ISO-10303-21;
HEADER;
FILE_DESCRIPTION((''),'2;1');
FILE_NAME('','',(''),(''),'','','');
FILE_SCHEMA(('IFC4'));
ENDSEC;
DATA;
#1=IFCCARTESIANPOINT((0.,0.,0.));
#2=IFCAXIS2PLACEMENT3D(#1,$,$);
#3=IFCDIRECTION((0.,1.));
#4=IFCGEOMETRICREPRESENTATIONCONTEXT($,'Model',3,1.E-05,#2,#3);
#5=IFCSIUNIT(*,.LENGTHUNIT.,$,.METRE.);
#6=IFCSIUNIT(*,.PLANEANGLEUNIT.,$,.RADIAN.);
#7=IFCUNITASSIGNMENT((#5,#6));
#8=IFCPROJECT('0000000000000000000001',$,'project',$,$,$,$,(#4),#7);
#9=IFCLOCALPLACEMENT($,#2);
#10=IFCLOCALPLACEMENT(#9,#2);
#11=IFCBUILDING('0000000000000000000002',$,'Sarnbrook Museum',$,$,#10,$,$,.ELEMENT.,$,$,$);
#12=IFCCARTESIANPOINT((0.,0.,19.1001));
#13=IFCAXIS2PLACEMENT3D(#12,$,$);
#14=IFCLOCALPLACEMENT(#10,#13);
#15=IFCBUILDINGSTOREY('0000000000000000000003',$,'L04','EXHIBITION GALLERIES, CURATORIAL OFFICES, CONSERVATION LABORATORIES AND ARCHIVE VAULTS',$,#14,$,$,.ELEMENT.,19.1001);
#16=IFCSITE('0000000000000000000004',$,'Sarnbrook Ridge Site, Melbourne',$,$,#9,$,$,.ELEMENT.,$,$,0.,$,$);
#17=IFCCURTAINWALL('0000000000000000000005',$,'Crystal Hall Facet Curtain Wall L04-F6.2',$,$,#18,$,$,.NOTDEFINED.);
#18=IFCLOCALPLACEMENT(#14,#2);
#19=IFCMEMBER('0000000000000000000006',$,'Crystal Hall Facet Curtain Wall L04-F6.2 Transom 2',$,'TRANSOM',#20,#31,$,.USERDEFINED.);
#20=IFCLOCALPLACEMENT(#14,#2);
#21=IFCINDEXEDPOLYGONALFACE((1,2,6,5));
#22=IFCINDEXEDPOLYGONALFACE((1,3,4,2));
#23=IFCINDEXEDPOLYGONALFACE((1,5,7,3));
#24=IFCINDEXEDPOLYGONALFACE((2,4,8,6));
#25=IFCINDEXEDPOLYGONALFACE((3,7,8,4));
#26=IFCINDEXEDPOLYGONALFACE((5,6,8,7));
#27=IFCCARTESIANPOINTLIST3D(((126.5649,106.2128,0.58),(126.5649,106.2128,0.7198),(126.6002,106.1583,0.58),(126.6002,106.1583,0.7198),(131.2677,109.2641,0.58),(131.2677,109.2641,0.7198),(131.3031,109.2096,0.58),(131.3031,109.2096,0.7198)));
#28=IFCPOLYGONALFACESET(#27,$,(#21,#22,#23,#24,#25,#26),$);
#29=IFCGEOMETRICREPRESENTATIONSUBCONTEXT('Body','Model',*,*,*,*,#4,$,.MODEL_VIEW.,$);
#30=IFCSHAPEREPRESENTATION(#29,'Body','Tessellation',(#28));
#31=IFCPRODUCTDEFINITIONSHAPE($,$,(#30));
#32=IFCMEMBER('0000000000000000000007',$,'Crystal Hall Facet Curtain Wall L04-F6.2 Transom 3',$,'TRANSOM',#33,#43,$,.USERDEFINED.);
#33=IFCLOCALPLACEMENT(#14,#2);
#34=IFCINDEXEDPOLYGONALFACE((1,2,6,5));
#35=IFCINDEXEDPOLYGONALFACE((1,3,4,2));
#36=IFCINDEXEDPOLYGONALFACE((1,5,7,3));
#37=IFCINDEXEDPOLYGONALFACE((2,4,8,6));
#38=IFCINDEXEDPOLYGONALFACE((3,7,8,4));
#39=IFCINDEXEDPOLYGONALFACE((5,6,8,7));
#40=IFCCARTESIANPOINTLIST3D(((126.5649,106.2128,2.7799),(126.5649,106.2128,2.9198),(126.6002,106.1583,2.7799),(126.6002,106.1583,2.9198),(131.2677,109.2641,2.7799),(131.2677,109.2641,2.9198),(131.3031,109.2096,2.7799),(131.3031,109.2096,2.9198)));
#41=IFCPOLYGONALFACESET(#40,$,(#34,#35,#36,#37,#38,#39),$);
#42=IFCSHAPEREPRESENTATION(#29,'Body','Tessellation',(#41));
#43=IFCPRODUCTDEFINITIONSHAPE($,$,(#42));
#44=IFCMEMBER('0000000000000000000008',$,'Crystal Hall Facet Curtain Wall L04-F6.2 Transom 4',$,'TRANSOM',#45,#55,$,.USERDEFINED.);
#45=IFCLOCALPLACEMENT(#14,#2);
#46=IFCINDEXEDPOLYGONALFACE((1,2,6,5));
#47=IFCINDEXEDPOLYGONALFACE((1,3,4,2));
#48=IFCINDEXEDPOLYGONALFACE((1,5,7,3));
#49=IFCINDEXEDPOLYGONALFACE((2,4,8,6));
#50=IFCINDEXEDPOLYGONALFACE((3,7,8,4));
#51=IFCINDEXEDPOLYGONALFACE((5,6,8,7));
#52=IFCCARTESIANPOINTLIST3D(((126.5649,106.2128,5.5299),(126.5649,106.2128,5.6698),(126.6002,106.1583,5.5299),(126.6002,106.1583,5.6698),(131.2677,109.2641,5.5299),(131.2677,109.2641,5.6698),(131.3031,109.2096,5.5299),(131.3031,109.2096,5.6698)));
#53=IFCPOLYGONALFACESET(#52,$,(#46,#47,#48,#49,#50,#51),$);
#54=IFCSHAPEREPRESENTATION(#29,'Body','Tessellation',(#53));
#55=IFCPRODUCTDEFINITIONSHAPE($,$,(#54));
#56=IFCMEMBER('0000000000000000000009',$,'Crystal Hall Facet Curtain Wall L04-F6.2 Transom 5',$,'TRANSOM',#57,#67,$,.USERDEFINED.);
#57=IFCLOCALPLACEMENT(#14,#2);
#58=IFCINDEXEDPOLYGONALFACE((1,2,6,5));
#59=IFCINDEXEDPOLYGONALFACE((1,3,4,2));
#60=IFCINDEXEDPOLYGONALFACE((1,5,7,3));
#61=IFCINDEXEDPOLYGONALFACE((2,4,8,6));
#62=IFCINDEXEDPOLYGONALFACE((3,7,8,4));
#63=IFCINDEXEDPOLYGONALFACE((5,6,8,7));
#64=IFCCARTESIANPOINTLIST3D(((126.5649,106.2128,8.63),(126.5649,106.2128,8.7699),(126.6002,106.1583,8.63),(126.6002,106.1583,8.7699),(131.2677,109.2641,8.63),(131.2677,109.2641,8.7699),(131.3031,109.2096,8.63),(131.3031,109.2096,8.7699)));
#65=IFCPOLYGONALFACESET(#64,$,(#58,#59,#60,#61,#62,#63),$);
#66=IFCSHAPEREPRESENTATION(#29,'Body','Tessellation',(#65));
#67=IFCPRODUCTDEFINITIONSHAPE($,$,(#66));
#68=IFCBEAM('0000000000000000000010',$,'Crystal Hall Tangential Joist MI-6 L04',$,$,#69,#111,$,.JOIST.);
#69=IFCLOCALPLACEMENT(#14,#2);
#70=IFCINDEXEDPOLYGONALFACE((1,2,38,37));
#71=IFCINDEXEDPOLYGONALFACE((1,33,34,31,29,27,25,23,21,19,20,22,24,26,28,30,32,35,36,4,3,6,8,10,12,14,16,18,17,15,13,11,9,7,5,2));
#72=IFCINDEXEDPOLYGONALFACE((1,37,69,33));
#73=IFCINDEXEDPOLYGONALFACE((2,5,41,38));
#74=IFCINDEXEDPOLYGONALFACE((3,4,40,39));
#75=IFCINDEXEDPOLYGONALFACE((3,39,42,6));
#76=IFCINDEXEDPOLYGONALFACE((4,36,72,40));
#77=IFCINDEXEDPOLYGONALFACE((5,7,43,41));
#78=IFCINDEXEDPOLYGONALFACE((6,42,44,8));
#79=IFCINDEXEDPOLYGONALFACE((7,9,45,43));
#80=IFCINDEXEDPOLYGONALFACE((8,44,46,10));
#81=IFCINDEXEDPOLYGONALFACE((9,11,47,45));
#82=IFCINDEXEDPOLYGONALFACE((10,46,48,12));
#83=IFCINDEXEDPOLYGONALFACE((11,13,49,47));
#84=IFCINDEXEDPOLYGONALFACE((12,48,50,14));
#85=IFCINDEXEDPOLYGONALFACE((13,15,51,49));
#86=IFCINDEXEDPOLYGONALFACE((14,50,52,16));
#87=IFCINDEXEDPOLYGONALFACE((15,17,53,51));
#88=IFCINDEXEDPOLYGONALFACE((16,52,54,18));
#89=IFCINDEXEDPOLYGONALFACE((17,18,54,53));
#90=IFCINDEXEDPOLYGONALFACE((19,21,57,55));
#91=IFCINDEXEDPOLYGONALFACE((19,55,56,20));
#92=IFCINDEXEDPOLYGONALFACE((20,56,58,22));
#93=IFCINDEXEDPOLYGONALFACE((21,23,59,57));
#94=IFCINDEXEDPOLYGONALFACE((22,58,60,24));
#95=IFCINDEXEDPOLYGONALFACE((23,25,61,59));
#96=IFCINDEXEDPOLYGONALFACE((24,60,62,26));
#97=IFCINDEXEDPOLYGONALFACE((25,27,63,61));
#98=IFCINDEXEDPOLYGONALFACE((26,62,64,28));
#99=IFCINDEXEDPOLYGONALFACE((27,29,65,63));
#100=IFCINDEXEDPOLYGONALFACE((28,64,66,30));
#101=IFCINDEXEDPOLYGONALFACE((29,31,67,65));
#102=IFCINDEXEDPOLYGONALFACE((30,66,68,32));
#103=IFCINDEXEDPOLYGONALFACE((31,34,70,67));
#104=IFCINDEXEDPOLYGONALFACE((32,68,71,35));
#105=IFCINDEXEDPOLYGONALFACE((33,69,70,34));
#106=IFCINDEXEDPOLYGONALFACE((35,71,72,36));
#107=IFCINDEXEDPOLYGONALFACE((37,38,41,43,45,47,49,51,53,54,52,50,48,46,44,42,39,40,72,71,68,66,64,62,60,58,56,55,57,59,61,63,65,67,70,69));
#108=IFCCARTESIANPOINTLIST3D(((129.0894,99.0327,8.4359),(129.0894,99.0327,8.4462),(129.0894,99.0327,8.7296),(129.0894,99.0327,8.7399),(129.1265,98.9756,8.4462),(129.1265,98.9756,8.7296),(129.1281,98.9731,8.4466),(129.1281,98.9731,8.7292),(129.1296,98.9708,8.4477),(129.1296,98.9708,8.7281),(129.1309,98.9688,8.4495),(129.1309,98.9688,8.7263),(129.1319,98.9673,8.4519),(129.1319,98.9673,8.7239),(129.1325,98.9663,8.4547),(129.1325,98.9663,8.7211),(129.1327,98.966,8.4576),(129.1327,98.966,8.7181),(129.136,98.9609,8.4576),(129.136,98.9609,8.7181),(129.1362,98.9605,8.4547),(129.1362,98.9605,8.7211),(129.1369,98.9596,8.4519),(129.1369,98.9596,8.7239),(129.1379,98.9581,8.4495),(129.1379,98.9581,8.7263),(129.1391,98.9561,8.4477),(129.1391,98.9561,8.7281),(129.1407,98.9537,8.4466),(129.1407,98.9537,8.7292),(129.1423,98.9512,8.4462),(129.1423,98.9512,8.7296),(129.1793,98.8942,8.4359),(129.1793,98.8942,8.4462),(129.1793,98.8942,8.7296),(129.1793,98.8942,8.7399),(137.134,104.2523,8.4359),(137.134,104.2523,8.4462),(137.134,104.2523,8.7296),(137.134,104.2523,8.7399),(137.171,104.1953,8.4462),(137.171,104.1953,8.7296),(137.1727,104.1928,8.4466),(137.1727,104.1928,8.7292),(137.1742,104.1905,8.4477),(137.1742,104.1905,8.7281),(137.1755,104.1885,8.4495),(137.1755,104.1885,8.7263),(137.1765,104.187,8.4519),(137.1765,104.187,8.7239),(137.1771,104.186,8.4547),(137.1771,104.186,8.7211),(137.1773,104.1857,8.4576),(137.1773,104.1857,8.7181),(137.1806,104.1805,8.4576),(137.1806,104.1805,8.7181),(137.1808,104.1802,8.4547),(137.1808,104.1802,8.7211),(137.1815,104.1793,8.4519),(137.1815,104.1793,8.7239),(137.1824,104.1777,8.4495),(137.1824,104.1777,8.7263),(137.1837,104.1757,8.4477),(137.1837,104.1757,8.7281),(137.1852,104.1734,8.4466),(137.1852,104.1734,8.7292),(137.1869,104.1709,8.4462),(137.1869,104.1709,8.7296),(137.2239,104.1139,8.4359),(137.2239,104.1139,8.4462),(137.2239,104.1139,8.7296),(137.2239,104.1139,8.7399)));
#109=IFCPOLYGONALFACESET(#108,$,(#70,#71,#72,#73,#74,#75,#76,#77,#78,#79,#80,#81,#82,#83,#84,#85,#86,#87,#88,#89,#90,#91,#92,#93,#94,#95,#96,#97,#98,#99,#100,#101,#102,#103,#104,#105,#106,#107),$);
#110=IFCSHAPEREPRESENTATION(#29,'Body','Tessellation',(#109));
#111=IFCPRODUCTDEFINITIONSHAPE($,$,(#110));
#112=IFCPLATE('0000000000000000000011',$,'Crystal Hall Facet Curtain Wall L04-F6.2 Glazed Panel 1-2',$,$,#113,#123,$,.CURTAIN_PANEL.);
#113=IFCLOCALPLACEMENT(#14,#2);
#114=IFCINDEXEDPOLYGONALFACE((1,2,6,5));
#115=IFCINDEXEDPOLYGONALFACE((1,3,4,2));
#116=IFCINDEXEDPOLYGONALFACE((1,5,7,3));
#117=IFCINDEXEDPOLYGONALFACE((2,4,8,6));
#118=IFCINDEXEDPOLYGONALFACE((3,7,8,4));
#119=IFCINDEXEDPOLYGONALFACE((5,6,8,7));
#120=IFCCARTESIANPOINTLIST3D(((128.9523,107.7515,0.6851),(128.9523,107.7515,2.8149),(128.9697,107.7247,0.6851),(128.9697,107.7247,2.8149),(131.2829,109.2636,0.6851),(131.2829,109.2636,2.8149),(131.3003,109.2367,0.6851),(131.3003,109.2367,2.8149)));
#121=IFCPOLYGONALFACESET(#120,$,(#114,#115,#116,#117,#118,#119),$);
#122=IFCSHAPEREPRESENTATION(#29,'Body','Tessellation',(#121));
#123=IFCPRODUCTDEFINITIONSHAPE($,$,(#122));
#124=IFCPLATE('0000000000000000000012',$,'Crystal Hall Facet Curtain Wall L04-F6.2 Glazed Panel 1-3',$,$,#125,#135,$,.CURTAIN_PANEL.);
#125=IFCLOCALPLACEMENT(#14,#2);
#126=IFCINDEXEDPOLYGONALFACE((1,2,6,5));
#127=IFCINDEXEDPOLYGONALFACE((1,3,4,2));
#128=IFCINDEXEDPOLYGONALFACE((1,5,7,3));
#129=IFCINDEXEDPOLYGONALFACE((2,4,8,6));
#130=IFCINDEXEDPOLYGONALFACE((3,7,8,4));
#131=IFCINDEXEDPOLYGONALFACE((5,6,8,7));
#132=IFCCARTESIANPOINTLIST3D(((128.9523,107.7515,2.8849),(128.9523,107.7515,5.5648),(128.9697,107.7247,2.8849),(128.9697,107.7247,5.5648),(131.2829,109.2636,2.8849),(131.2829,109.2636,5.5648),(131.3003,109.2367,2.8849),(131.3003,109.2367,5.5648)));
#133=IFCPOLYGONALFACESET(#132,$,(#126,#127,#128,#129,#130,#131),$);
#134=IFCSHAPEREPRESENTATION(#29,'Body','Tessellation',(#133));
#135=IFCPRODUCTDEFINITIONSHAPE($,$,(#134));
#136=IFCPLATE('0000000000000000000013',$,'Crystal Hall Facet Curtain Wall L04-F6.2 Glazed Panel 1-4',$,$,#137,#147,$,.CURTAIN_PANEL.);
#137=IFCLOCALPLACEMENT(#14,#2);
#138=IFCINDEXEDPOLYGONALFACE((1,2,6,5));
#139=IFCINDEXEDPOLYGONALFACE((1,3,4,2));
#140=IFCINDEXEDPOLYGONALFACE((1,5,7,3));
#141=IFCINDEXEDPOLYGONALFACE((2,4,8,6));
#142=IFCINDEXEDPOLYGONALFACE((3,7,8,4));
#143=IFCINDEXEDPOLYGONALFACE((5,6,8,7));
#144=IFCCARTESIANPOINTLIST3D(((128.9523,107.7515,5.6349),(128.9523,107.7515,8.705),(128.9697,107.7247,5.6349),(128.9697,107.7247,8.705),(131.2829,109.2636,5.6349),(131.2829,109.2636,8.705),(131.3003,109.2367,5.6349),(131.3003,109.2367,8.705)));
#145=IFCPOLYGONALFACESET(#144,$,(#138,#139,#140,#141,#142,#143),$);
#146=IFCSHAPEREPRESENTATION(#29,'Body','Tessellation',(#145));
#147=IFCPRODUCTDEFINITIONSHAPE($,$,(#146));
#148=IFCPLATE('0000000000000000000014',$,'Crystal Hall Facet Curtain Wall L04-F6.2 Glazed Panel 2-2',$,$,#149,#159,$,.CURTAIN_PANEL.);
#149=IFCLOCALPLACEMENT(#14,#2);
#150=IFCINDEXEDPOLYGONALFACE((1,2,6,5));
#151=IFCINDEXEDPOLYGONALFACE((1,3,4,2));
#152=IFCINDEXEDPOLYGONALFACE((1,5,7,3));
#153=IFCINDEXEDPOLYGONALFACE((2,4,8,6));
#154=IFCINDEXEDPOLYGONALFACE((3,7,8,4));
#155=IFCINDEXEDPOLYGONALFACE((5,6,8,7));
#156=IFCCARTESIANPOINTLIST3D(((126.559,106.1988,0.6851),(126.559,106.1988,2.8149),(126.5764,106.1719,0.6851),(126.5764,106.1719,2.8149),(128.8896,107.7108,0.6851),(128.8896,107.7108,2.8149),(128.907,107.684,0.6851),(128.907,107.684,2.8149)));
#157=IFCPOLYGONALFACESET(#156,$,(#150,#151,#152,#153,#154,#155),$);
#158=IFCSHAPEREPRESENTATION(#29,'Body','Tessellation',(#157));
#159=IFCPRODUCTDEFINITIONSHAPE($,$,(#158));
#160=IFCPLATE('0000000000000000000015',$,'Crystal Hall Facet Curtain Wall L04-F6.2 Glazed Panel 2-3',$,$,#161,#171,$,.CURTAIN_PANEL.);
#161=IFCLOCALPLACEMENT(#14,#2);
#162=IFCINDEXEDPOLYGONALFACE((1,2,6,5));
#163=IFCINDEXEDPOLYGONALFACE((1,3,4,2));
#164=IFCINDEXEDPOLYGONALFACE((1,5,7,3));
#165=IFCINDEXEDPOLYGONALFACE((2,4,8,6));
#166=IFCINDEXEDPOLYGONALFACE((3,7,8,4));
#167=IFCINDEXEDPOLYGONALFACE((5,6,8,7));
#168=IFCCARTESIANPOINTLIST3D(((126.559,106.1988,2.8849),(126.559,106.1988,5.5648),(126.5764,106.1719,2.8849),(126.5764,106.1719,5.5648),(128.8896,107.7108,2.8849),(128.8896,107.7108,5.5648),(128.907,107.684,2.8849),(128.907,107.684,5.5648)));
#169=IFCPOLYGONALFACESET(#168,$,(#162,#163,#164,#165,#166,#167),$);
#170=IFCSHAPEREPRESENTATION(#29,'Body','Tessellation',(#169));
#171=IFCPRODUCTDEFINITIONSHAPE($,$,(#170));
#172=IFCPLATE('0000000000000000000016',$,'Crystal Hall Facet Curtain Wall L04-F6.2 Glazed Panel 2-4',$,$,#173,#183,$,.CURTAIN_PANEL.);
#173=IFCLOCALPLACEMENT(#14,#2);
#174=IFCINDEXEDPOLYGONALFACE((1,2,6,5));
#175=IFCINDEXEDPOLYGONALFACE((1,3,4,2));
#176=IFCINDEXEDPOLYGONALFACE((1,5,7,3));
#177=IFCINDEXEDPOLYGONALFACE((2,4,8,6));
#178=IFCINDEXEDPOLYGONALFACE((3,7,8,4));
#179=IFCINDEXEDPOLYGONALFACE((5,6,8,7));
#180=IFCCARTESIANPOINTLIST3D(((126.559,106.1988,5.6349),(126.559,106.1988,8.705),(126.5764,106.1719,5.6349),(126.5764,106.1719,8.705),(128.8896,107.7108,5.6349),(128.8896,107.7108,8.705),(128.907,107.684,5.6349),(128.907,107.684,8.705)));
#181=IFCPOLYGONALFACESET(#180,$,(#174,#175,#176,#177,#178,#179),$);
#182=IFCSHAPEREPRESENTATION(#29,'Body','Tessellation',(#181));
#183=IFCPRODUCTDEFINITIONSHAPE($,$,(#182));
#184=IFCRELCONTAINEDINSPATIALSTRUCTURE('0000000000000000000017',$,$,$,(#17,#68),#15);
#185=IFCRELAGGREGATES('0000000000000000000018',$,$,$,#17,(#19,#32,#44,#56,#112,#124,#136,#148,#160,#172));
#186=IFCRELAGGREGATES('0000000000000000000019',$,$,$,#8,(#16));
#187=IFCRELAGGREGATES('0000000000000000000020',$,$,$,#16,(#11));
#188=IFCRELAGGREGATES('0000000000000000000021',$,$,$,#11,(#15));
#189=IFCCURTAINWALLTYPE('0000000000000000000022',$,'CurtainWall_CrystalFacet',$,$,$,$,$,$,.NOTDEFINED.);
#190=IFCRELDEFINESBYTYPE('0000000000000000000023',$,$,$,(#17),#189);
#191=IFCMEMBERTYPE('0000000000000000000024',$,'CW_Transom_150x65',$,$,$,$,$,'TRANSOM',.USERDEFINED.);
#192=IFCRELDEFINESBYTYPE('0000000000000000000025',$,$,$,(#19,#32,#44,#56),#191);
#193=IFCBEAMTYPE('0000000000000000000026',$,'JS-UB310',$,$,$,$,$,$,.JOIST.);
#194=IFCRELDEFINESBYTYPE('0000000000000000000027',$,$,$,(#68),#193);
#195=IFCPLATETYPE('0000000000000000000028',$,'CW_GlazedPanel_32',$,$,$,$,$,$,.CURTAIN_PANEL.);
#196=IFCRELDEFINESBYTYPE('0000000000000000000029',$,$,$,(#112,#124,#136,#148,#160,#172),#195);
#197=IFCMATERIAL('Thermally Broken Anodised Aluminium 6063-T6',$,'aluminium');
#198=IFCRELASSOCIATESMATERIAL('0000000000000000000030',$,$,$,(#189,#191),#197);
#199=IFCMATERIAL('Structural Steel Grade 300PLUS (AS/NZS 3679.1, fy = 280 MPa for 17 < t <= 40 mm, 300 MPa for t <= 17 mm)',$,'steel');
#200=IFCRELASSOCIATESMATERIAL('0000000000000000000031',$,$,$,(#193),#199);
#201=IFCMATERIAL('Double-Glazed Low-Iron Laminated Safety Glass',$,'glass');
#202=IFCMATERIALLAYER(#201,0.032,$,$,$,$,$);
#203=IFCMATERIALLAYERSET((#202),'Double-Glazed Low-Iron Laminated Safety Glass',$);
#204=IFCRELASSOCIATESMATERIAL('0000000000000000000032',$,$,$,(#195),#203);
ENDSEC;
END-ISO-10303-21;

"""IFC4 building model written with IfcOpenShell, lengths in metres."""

from ifc_helpers import new_model, si_unit, direction, frame, origin, origin_2d, place, context, subcontext, project, spatial, rectangle, i_section, extrude, material, layer, layer_set, material_profile, profile_set, type_object, element, aggregate, save


model = new_model("IFC4")

# Units and contexts
model_context = context("Model", 3, precision=1e-05, world=origin(), true_north=direction((0.0, 1.0)))
body_context = subcontext(model_context, "Body", "Model", "MODEL_VIEW")
ifc_project = project(units=[si_unit("LENGTHUNIT", "METRE"), si_unit("PLANEANGLEUNIT", "RADIAN")], contexts=[model_context])

# Site, building, storey
site_placement = place(None, origin())
site = spatial("IfcSite", under=ifc_project, at=site_placement, Name="Sarnbrook Ridge Site, Melbourne", CompositionType="ELEMENT", RefElevation=0.0)
building_placement = place(site_placement, origin())
building = spatial("IfcBuilding", under=site, at=building_placement, Name="Sarnbrook Museum", CompositionType="ELEMENT")
storey_placement = place(building_placement, frame((0.0, 0.0, 19.1001)))
storey = spatial("IfcBuildingStorey", under=building, at=storey_placement, Name="L04", Description="EXHIBITION GALLERIES, CURATORIAL OFFICES, CONSERVATION LABORATORIES AND ARCHIVE VAULTS", CompositionType="ELEMENT", Elevation=19.1001)

# Shared definitions
ifc_material_1 = material(Name="Structural Steel Grade 300PLUS (AS/NZS 3679.1, fy = 280 MPa for 17 < t <= 40 mm, 300 MPa for t <= 17 mm)", Category="steel")

# Shared definitions
ifc_material_2 = material(Name="Thermally Broken Anodised Aluminium 6063-T6", Category="aluminium")
curtain_wall_type = type_object("IfcCurtainWallType", Name="CurtainWall_CrystalFacet", PredefinedType="NOTDEFINED", material=ifc_material_2)

# Curtain wall, members
curtain_wall_1_placement = place(storey_placement, origin())
curtain_wall_1 = element("IfcCurtainWall", 1, at=curtain_wall_1_placement, inside=storey, type_object=curtain_wall_type, Name="Crystal Hall Facet Curtain Wall L04-F6.2", PredefinedType="NOTDEFINED")
ifc_material_profile_1 = material_profile(ifc_material_2, rectangle(XDim=0.0649, YDim=0.1399, at=origin_2d()), Name="ALU TRANSOM 65x140")
ifc_profile_set_1 = profile_set([ifc_material_profile_1], Name="Thermally Broken Anodised Aluminium 6063-T6")
member_type_1 = type_object("IfcMemberType", Name="CW_Transom_150x65", ElementType="TRANSOM", PredefinedType="USERDEFINED", material=ifc_profile_set_1)
member_1_placement = place(storey_placement, frame((131.2854, 109.2368, 0.6499), z_axis=(-0.8389, -0.544286, 0.0), x_axis=(0.544286, -0.8389, 0.0)))
member_1 = element("IfcMember", 2, at=member_1_placement, type_object=member_type_1, Name="Crystal Hall Facet Curtain Wall L04-F6.2 Transom 2", ObjectType="TRANSOM", PredefinedType="USERDEFINED", context=body_context, shape_type="SweptSolid", body=[
    extrude(rectangle(XDim=0.0649, YDim=0.1399, at=origin_2d()), origin(), (0.0, 0.0, 1.0), 5.606),
])
member_2_placement = place(storey_placement, frame((131.2854, 109.2368, 2.8499), z_axis=(-0.8389, -0.544286, 0.0), x_axis=(0.544286, -0.8389, 0.0)))
member_2 = element("IfcMember", 3, at=member_2_placement, type_object=member_type_1, Name="Crystal Hall Facet Curtain Wall L04-F6.2 Transom 3", ObjectType="TRANSOM", PredefinedType="USERDEFINED", context=body_context, shape_type="SweptSolid", body=[
    extrude(rectangle(XDim=0.0649, YDim=0.1399, at=origin_2d()), origin(), (0.0, 0.0, 1.0), 5.606),
])
member_3_placement = place(storey_placement, frame((131.2854, 109.2368, 5.5999), z_axis=(-0.8389, -0.544286, 0.0), x_axis=(0.544286, -0.8389, 0.0)))
member_3 = element("IfcMember", 4, at=member_3_placement, type_object=member_type_1, Name="Crystal Hall Facet Curtain Wall L04-F6.2 Transom 4", ObjectType="TRANSOM", PredefinedType="USERDEFINED", context=body_context, shape_type="SweptSolid", body=[
    extrude(rectangle(XDim=0.0649, YDim=0.1399, at=origin_2d()), origin(), (0.0, 0.0, 1.0), 5.606),
])
member_4_placement = place(storey_placement, frame((131.2854, 109.2368, 8.7), z_axis=(-0.8389, -0.544286, 0.0), x_axis=(0.544286, -0.8389, 0.0)))
member_4 = element("IfcMember", 5, at=member_4_placement, type_object=member_type_1, Name="Crystal Hall Facet Curtain Wall L04-F6.2 Transom 5", ObjectType="TRANSOM", PredefinedType="USERDEFINED", context=body_context, shape_type="SweptSolid", body=[
    extrude(rectangle(XDim=0.0649, YDim=0.1399, at=origin_2d()), origin(), (0.0, 0.0, 1.0), 5.606),
])

# Beam
ifc_material_profile_2 = material_profile(ifc_material_1, i_section(OverallWidth=0.165, OverallDepth=0.304, WebThickness=0.0061, FlangeThickness=0.0103, FilletRadius=0.0115, at=origin_2d()), Name="310UB40.4")
ifc_profile_set_2 = profile_set([ifc_material_profile_2], Name="Structural Steel Grade 300PLUS (AS/NZS 3679.1, fy = 280 MPa for 17 < t <= 40 mm, 300 MPa for t <= 17 mm)")
beam_type_1 = type_object("IfcBeamType", Name="JS-UB310", PredefinedType="JOIST", material=ifc_profile_set_2)
beam_1_placement = place(storey_placement, frame((137.179, 104.1831, 8.5879), z_axis=(-0.838887, -0.544305, 0.0), x_axis=(0.544305, -0.838887, 0.0)))
element("IfcBeam", 6, at=beam_1_placement, inside=storey, type_object=beam_type_1, Name="Crystal Hall Tangential Joist MI-6 L04", PredefinedType="JOIST", context=body_context, shape_type="SweptSolid", body=[
    extrude(i_section(OverallWidth=0.165, OverallDepth=0.304, WebThickness=0.0061, FlangeThickness=0.0103, FilletRadius=0.0115, at=origin_2d()), origin(), (0.0, 0.0, 1.0), 9.5896),
])

# Plates
ifc_material_3 = material(Name="Double-Glazed Low-Iron Laminated Safety Glass", Category="glass")
ifc_layer_1 = layer(ifc_material_3, 0.032)
ifc_layer_set_1 = layer_set([ifc_layer_1], Name="Double-Glazed Low-Iron Laminated Safety Glass")
plate_type_1 = type_object("IfcPlateType", Name="CW_GlazedPanel_32", PredefinedType="CURTAIN_PANEL", material=ifc_layer_set_1)
plate_1_placement = place(storey_placement, frame((130.135, 108.4807, 1.75), z_axis=(-0.544287, 0.838899, 0.0), x_axis=(-0.838899, -0.544287, 0.0)))
plate_1 = element("IfcPlate", 7, at=plate_1_placement, type_object=plate_type_1, Name="Crystal Hall Facet Curtain Wall L04-F6.2 Glazed Panel 1-2", PredefinedType="CURTAIN_PANEL", context=body_context, shape_type="SweptSolid", body=[
    extrude(rectangle(XDim=2.7781, YDim=2.1299, at=origin_2d()), origin(), (0.0, 0.0, 1.0), 0.032),
])
plate_2_placement = place(storey_placement, frame((130.135, 108.4807, 4.2249), z_axis=(-0.544287, 0.838899, 0.0), x_axis=(-0.838899, -0.544287, 0.0)))
plate_2 = element("IfcPlate", 8, at=plate_2_placement, type_object=plate_type_1, Name="Crystal Hall Facet Curtain Wall L04-F6.2 Glazed Panel 1-3", PredefinedType="CURTAIN_PANEL", context=body_context, shape_type="SweptSolid", body=[
    extrude(rectangle(XDim=2.7781, YDim=2.6799, at=origin_2d()), origin(), (0.0, 0.0, 1.0), 0.032),
])
plate_3_placement = place(storey_placement, frame((130.135, 108.4807, 7.1699), z_axis=(-0.544287, 0.838899, 0.0), x_axis=(-0.838899, -0.544287, 0.0)))
plate_3 = element("IfcPlate", 9, at=plate_3_placement, type_object=plate_type_1, Name="Crystal Hall Facet Curtain Wall L04-F6.2 Glazed Panel 1-4", PredefinedType="CURTAIN_PANEL", context=body_context, shape_type="SweptSolid", body=[
    extrude(rectangle(XDim=2.7781, YDim=3.0701, at=origin_2d()), origin(), (0.0, 0.0, 1.0), 0.032),
])
plate_4_placement = place(storey_placement, frame((127.7417, 106.928, 1.75), z_axis=(-0.544287, 0.838899, 0.0), x_axis=(-0.838899, -0.544287, 0.0)))
plate_4 = element("IfcPlate", 10, at=plate_4_placement, type_object=plate_type_1, Name="Crystal Hall Facet Curtain Wall L04-F6.2 Glazed Panel 2-2", PredefinedType="CURTAIN_PANEL", context=body_context, shape_type="SweptSolid", body=[
    extrude(rectangle(XDim=2.7781, YDim=2.1299, at=origin_2d()), origin(), (0.0, 0.0, 1.0), 0.032),
])
plate_5_placement = place(storey_placement, frame((127.7417, 106.928, 4.2249), z_axis=(-0.544287, 0.838899, 0.0), x_axis=(-0.838899, -0.544287, 0.0)))
plate_5 = element("IfcPlate", 11, at=plate_5_placement, type_object=plate_type_1, Name="Crystal Hall Facet Curtain Wall L04-F6.2 Glazed Panel 2-3", PredefinedType="CURTAIN_PANEL", context=body_context, shape_type="SweptSolid", body=[
    extrude(rectangle(XDim=2.7781, YDim=2.6799, at=origin_2d()), origin(), (0.0, 0.0, 1.0), 0.032),
])
plate_6_placement = place(storey_placement, frame((127.7417, 106.928, 7.1699), z_axis=(-0.544287, 0.838899, 0.0), x_axis=(-0.838899, -0.544287, 0.0)))
plate_6 = element("IfcPlate", 12, at=plate_6_placement, type_object=plate_type_1, Name="Crystal Hall Facet Curtain Wall L04-F6.2 Glazed Panel 2-4", PredefinedType="CURTAIN_PANEL", context=body_context, shape_type="SweptSolid", body=[
    extrude(rectangle(XDim=2.7781, YDim=3.0701, at=origin_2d()), origin(), (0.0, 0.0, 1.0), 0.032),
])
aggregate(curtain_wall_1, [member_1, member_2, member_3, member_4, plate_1, plate_2, plate_3, plate_4, plate_5, plate_6])

save(model, "model.ifc")
